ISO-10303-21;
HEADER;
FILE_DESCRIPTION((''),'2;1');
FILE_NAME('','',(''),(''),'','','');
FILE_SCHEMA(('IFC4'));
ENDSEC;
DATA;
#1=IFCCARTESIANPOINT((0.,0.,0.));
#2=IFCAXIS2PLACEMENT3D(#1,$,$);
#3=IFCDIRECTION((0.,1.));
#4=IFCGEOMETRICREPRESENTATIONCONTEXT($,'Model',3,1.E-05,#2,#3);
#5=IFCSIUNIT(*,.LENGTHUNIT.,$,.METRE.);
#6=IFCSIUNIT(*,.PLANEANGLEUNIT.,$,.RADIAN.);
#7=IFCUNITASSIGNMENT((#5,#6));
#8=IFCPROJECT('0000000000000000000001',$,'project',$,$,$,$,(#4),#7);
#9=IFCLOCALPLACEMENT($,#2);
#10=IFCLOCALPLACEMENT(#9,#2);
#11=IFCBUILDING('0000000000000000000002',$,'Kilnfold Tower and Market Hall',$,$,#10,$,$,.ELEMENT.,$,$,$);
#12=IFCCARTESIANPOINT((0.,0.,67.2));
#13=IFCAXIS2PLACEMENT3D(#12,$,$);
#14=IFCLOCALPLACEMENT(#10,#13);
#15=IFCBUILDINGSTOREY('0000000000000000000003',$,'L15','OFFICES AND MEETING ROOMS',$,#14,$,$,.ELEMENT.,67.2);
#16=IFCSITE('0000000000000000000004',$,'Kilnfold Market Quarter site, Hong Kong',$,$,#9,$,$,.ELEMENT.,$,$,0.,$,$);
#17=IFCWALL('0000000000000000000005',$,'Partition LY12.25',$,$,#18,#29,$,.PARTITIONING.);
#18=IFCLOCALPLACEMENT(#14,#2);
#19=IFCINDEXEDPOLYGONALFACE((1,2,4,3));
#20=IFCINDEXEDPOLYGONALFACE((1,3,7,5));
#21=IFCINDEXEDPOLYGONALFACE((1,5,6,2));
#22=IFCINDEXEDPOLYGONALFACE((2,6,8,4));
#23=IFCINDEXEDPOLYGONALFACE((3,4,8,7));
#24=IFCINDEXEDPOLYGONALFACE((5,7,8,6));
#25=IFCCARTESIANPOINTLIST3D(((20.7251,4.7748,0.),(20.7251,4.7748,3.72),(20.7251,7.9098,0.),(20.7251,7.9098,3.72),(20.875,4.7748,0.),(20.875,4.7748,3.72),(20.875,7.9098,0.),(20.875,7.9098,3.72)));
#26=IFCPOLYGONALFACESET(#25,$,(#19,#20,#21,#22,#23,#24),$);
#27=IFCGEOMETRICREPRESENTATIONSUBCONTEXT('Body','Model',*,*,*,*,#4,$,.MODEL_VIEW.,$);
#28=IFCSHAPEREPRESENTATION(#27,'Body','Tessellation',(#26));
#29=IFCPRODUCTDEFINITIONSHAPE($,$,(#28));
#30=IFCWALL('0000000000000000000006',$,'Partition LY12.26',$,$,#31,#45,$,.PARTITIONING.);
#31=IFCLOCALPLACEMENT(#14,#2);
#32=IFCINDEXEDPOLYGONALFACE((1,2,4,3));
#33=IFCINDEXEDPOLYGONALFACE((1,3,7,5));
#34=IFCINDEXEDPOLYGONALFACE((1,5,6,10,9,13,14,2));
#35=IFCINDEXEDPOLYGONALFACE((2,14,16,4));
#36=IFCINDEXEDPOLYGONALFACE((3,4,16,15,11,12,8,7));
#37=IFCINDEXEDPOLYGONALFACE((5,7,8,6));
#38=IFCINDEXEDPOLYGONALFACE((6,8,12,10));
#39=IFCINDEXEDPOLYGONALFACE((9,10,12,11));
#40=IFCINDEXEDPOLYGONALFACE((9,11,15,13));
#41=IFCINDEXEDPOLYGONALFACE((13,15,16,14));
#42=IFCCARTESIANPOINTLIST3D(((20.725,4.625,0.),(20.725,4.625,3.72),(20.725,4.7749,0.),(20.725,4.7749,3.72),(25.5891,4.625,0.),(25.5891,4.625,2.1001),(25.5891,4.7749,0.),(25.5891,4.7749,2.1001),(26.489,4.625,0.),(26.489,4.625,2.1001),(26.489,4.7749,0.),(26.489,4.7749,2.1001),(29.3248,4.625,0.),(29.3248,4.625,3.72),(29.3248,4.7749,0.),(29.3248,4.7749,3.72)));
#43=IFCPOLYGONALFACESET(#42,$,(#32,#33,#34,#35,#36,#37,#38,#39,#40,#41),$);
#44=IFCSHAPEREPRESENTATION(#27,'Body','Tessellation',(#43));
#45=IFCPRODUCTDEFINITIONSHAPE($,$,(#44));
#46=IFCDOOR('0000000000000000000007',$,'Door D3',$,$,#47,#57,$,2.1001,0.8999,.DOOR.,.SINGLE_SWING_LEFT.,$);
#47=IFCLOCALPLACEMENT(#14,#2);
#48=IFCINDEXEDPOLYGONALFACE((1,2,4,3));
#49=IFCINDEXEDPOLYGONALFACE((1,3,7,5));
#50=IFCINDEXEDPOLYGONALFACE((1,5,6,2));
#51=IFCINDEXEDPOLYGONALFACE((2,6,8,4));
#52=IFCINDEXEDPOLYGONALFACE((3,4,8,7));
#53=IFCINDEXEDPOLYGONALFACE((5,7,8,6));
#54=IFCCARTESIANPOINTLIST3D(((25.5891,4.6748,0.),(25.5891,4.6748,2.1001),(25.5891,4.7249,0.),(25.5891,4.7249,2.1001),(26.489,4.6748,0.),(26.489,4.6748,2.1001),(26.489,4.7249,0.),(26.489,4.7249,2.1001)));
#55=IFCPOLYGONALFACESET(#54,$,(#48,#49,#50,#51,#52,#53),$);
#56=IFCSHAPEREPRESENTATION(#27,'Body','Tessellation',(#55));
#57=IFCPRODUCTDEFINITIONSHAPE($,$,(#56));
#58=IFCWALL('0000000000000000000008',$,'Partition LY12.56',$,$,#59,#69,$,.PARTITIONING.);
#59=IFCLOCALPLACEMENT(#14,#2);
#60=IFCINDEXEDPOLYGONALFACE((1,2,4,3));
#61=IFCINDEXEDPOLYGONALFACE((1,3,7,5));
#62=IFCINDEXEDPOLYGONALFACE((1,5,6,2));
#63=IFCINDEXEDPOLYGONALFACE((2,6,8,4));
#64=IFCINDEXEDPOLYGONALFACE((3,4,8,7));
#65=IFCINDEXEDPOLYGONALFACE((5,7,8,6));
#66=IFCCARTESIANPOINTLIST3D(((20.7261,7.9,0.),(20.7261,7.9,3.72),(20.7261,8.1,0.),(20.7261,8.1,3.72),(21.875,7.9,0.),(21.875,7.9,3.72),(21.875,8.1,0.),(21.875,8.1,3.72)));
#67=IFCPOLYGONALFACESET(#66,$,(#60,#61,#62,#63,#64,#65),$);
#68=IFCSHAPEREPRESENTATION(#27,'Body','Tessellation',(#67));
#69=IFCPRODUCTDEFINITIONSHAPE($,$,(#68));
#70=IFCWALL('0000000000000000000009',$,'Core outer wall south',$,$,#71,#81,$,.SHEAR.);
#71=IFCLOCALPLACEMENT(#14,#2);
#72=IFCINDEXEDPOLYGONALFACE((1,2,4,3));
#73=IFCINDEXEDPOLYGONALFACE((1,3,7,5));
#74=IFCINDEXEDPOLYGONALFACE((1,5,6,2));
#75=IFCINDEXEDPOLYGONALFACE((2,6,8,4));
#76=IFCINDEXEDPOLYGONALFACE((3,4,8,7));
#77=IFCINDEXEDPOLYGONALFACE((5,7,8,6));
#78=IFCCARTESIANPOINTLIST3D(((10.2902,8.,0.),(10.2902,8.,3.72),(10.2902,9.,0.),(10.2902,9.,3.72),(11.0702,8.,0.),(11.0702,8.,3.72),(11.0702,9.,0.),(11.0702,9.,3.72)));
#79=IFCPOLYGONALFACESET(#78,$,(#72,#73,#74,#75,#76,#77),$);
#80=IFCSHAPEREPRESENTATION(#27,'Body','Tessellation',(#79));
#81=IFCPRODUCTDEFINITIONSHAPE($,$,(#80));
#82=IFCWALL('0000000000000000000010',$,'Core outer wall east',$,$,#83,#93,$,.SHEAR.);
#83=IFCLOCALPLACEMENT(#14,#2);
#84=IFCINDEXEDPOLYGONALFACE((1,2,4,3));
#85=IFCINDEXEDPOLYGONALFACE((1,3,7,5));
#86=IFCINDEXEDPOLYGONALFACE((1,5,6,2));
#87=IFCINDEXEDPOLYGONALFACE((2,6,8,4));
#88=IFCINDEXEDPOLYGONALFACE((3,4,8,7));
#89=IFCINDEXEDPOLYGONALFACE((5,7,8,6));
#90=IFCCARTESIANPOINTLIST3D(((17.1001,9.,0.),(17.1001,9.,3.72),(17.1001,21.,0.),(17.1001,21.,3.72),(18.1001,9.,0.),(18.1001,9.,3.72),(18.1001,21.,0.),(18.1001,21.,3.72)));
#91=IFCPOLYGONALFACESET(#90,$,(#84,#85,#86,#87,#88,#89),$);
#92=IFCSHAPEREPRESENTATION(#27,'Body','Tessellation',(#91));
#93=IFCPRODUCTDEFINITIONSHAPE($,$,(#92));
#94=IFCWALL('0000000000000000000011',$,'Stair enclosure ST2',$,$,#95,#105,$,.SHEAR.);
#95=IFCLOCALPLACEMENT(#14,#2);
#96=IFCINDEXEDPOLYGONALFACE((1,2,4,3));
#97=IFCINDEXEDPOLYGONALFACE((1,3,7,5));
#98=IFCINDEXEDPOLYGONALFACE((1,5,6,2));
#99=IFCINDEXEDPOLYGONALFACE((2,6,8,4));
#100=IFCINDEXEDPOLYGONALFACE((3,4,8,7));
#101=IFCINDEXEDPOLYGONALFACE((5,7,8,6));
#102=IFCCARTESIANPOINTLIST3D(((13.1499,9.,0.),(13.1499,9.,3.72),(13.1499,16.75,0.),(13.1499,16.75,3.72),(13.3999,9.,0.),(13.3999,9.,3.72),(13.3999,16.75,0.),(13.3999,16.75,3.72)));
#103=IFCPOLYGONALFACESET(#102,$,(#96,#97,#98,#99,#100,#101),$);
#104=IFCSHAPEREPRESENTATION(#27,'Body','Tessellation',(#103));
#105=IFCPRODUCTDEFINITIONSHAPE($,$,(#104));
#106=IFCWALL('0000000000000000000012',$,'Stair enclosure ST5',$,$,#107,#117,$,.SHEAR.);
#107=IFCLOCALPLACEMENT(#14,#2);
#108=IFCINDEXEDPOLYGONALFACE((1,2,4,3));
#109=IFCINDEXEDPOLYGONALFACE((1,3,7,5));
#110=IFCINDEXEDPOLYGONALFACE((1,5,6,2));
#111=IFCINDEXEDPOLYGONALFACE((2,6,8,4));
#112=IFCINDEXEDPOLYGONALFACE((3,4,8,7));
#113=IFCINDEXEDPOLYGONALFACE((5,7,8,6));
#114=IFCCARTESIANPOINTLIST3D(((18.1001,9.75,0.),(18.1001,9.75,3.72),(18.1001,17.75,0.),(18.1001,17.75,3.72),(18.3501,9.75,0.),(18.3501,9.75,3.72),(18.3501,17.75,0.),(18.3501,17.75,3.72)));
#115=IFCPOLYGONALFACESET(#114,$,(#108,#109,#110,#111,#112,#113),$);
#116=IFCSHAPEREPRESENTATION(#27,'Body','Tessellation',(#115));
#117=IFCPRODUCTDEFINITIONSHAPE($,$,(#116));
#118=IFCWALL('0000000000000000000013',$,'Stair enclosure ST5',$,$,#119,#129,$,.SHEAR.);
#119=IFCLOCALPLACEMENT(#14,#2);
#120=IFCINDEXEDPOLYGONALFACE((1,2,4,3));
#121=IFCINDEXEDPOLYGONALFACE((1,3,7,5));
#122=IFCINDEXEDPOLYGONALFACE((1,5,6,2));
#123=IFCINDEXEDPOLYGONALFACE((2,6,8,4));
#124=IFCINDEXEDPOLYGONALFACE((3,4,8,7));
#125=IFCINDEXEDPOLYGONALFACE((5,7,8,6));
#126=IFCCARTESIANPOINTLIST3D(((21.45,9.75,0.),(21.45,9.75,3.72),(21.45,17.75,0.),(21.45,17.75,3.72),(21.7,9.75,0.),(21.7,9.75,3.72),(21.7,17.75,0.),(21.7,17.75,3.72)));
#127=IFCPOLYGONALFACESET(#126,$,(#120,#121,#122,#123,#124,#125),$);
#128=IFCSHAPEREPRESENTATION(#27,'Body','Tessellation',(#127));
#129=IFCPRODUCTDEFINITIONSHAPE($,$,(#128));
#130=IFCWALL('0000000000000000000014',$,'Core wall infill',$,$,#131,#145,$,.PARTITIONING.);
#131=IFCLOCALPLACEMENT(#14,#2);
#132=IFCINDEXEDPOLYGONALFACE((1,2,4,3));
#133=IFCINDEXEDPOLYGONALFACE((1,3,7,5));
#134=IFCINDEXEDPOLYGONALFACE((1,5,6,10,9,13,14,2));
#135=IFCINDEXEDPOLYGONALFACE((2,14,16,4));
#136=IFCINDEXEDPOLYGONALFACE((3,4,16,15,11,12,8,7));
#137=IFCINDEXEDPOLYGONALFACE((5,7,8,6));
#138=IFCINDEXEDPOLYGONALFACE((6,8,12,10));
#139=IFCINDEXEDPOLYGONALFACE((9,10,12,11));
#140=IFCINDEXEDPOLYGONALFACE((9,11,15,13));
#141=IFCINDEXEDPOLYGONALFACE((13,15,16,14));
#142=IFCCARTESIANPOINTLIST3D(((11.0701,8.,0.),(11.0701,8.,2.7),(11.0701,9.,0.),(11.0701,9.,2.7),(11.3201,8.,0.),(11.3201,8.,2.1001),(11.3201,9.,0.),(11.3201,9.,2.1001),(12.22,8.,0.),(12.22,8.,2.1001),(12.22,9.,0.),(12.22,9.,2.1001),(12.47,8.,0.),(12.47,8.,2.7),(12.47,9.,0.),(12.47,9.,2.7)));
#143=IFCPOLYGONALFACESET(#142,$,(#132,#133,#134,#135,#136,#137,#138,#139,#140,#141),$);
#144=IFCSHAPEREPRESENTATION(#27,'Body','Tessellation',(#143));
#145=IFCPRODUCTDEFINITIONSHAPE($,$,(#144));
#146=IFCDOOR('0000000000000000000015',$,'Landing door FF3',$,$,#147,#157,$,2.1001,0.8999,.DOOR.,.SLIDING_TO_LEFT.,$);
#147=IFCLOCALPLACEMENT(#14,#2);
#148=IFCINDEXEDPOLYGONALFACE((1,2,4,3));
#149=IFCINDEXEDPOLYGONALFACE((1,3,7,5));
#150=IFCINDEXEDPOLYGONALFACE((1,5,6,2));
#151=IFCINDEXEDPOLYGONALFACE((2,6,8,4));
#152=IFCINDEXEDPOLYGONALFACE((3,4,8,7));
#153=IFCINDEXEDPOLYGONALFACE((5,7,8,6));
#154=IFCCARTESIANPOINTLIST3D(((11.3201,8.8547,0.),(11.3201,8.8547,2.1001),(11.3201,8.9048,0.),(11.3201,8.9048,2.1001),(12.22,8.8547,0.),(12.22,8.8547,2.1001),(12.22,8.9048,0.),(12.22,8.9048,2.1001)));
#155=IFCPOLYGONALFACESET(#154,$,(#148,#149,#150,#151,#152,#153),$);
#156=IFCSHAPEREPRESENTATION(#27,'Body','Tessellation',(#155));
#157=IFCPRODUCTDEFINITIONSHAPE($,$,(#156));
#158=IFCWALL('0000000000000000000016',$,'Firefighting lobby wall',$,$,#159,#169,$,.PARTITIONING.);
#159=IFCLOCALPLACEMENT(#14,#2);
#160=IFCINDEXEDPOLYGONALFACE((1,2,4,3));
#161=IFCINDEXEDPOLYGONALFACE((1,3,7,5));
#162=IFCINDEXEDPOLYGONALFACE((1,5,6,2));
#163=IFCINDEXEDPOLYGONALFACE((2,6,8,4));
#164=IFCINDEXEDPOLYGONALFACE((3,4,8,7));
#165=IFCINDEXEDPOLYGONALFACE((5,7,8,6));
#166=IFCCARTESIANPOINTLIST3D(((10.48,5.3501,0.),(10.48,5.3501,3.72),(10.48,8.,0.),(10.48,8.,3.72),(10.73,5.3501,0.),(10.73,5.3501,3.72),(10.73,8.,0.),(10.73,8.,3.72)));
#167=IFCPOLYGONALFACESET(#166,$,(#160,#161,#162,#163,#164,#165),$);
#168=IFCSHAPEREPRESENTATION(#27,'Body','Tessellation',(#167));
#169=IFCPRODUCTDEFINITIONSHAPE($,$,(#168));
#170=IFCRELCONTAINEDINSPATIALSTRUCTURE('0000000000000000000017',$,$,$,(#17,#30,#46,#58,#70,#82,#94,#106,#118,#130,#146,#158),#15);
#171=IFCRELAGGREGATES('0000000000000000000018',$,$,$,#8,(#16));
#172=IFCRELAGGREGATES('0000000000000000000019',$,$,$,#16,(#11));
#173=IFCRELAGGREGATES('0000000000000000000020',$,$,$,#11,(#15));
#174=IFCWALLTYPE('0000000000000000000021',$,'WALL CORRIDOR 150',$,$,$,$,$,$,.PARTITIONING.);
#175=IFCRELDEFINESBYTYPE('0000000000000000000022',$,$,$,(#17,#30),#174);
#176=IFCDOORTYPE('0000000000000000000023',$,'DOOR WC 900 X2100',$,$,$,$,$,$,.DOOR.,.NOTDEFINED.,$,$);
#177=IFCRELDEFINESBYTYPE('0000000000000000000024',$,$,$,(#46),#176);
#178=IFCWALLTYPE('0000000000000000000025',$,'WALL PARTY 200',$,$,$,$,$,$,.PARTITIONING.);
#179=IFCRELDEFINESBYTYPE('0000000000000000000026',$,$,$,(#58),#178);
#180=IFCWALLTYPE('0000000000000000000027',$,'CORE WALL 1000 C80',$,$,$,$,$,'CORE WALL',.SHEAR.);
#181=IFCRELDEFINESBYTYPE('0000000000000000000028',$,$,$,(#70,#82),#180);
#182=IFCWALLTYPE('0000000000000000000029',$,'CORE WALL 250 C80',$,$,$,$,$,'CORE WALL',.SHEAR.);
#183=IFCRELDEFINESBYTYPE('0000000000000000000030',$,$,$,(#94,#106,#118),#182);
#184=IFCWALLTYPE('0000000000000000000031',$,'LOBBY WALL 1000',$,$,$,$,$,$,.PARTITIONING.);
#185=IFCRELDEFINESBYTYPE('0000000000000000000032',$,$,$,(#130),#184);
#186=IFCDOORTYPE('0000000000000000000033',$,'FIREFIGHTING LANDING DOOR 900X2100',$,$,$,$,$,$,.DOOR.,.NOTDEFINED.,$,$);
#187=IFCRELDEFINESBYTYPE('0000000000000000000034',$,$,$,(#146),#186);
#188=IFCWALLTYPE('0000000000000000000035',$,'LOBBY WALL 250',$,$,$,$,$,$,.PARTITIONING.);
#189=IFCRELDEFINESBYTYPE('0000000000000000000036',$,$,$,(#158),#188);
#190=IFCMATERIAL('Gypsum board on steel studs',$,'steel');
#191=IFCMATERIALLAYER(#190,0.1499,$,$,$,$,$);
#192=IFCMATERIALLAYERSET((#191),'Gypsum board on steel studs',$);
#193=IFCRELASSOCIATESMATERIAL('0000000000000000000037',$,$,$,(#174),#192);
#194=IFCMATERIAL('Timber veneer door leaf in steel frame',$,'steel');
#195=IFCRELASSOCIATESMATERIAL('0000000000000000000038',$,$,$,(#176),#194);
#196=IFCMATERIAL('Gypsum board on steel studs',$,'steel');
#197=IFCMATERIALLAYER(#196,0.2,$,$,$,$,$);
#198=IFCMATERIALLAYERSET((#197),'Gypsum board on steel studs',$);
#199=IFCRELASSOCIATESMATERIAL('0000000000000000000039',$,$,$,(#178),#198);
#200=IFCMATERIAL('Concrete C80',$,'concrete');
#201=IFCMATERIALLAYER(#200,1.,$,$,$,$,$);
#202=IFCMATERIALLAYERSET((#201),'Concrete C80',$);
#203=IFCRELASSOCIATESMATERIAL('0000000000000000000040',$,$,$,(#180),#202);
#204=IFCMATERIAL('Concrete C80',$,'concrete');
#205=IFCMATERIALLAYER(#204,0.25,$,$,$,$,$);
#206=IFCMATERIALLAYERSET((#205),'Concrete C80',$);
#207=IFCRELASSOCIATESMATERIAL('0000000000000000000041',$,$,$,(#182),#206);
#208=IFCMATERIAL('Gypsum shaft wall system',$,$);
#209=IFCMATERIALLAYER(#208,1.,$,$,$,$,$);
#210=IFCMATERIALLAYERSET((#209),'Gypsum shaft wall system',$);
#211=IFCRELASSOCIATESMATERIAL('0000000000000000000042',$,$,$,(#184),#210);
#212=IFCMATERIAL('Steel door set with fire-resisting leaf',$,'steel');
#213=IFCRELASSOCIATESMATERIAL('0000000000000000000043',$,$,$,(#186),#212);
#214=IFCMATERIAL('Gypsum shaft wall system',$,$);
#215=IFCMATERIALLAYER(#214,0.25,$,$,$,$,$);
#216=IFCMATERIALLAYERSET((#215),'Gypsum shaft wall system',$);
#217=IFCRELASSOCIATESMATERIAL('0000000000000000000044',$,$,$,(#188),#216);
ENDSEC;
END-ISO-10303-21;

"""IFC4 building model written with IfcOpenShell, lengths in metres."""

from ifc_helpers import new_model, si_unit, direction, frame, frame_2d, origin, place, context, subcontext, project, spatial, rectangle, extrude, source, transform, mapped, material, layer, layer_set, type_object, element, fill, save


model = new_model("IFC4")

# Units and contexts
model_context = context("Model", 3, precision=1e-05, world=origin(), true_north=direction((0.0, 1.0)))
body_context = subcontext(model_context, "Body", "Model", "MODEL_VIEW")
ifc_project = project(units=[si_unit("LENGTHUNIT", "METRE"), si_unit("PLANEANGLEUNIT", "RADIAN")], contexts=[model_context])

# Site, building, storey
site_placement = place(None, origin())
site = spatial("IfcSite", under=ifc_project, at=site_placement, Name="Kilnfold Market Quarter site, Hong Kong", CompositionType="ELEMENT", RefElevation=0.0)
building_placement = place(site_placement, origin())
building = spatial("IfcBuilding", under=site, at=building_placement, Name="Kilnfold Tower and Market Hall", CompositionType="ELEMENT")
storey_placement = place(building_placement, frame((0.0, 0.0, 67.2)))
storey = spatial("IfcBuildingStorey", under=building, at=storey_placement, Name="L15", Description="OFFICES AND MEETING ROOMS", CompositionType="ELEMENT", Elevation=67.2)

# Shared definitions
ifc_material_1 = material(Name="Gypsum board on steel studs", Category="steel")
ifc_layer_1 = layer(ifc_material_1, 0.1499)
ifc_layer_set_1 = layer_set([ifc_layer_1], Name="Gypsum board on steel studs")
wall_type_1 = type_object("IfcWallType", Name="WALL CORRIDOR 150", PredefinedType="PARTITIONING", material=ifc_layer_set_1)

# Wall
wall_1_placement = place(storey_placement, frame((20.8, 4.7749, 0.0), z_axis=(0.0, 0.0, 1.0), x_axis=(0.0, 1.0, 0.0)))
element("IfcWall", 1, at=wall_1_placement, inside=storey, type_object=wall_type_1, Name="Partition LY12.25", PredefinedType="PARTITIONING", context=body_context, shape_type="SweptSolid", body=[
    extrude(rectangle(XDim=3.135, YDim=0.1499, at=frame_2d((1.5674, 0.0))), origin(), (0.0, 0.0, 1.0), 3.72),
])

# Wall, opening, door
wall_2_placement = place(storey_placement, frame((20.7251, 4.7, 0.0), z_axis=(0.0, 0.0, 1.0), x_axis=(1.0, 0.0, 0.0)))
wall_2 = element("IfcWall", 2, at=wall_2_placement, inside=storey, type_object=wall_type_1, Name="Partition LY12.26", PredefinedType="PARTITIONING", context=body_context, shape_type="SweptSolid", body=[
    extrude(rectangle(XDim=8.5999, YDim=0.1499, at=frame_2d((4.2998, 0.0))), origin(), (0.0, 0.0, 1.0), 3.72),
])
opening_1_placement = place(wall_2_placement, frame((4.864, 0.0, 0.0)))
opening_1 = element("IfcOpeningElement", 3, at=opening_1_placement, cuts=wall_2, PredefinedType="OPENING", context=body_context, shape_type="SweptSolid", body=[
    extrude(rectangle(XDim=0.8999, YDim=2.1001, at=frame_2d((0.45, 1.05))), frame((0.0, 0.085, 0.0), z_axis=(0.0, -1.0, 0.0), x_axis=(1.0, 0.0, 0.0)), (0.0, 0.0, 1.0), 0.1699),
])
ifc_material_2 = material(Name="Timber veneer door leaf in steel frame", Category="steel")
door_type_1 = type_object("IfcDoorType", Name="DOOR WC 900 X2100", OperationType="NOTDEFINED", PredefinedType="DOOR", material=ifc_material_2)
door_1_placement = place(opening_1_placement, origin())
door_1 = element("IfcDoor", 4, at=door_1_placement, inside=storey, type_object=door_type_1, Name="Door D3", OperationType="SINGLE_SWING_LEFT", OverallHeight=2.1001, OverallWidth=0.8999, PredefinedType="DOOR", context=body_context, shape_type="SweptSolid", body=[
    extrude(rectangle(XDim=0.8999, YDim=2.1001, at=frame_2d((0.45, 1.05))), frame((0.0, 0.0249, 0.0), z_axis=(0.0, -1.0, 0.0), x_axis=(1.0, 0.0, 0.0)), (0.0, 0.0, 1.0), 0.05),
])
fill(opening_1, door_1)

# Walls
ifc_material_3 = material(Name="Gypsum board on steel studs", Category="steel")
ifc_layer_2 = layer(ifc_material_3, 0.2)
ifc_layer_set_2 = layer_set([ifc_layer_2], Name="Gypsum board on steel studs")
wall_type_2 = type_object("IfcWallType", Name="WALL PARTY 200", PredefinedType="PARTITIONING", material=ifc_layer_set_2)
wall_3_placement = place(storey_placement, frame((20.7261, 8.0, 0.0), z_axis=(0.0, 0.0, 1.0), x_axis=(1.0, 0.0, 0.0)))
element("IfcWall", 5, at=wall_3_placement, inside=storey, type_object=wall_type_2, Name="Partition LY12.56", PredefinedType="PARTITIONING", context=body_context, shape_type="SweptSolid", body=[
    extrude(rectangle(XDim=1.1489, YDim=0.2, at=frame_2d((0.5745, 0.0))), origin(), (0.0, 0.0, 1.0), 3.72),
])
ifc_material_4 = material(Name="Concrete C80", Category="concrete")
ifc_layer_3 = layer(ifc_material_4, 1.0)
ifc_layer_set_3 = layer_set([ifc_layer_3], Name="Concrete C80")
wall_type_3 = type_object("IfcWallType", Name="CORE WALL 1000 C80", ElementType="CORE WALL", PredefinedType="SHEAR", material=ifc_layer_set_3)
shared_shape_1 = source(origin(), body_context, "Body", "SweptSolid", [
    extrude(rectangle(XDim=0.78, YDim=1.0, at=frame_2d((0.3901, 0.0))), origin(), (0.0, 0.0, 1.0), 3.72),
])
wall_4_placement = place(storey_placement, frame((10.29, 8.5, 0.0), z_axis=(0.0, 0.0, 1.0), x_axis=(1.0, 0.0, 0.0)))
element("IfcWall", 6, at=wall_4_placement, inside=storey, type_object=wall_type_3, Name="Core outer wall south", PredefinedType="SHEAR", context=body_context, shape_type="MappedRepresentation", body=[
    mapped(shared_shape_1, transform((0.0, 0.0, 0.0))),
])

# Walls
shared_shape_2 = source(origin(), body_context, "Body", "SweptSolid", [
    extrude(rectangle(XDim=12.0, YDim=1.0, at=frame_2d((6.0, 0.0))), origin(), (0.0, 0.0, 1.0), 3.72),
])
wall_5_placement = place(storey_placement, frame((17.6001, 9.0, 0.0), z_axis=(0.0, 0.0, 1.0), x_axis=(0.0, 1.0, 0.0)))
element("IfcWall", 7, at=wall_5_placement, inside=storey, type_object=wall_type_3, Name="Core outer wall east", PredefinedType="SHEAR", context=body_context, shape_type="MappedRepresentation", body=[
    mapped(shared_shape_2, transform((0.0, 0.0, 0.0))),
])
ifc_material_5 = material(Name="Concrete C80", Category="concrete")
ifc_layer_4 = layer(ifc_material_5, 0.25)
ifc_layer_set_4 = layer_set([ifc_layer_4], Name="Concrete C80")
wall_type_4 = type_object("IfcWallType", Name="CORE WALL 250 C80", ElementType="CORE WALL", PredefinedType="SHEAR", material=ifc_layer_set_4)
shared_shape_3 = source(origin(), body_context, "Body", "SweptSolid", [
    extrude(rectangle(XDim=7.75, YDim=0.25, at=frame_2d((3.875, 0.0))), origin(), (0.0, 0.0, 1.0), 3.72),
])
wall_6_placement = place(storey_placement, frame((13.2749, 9.0, 0.0), z_axis=(0.0, 0.0, 1.0), x_axis=(0.0, 1.0, 0.0)))
element("IfcWall", 8, at=wall_6_placement, inside=storey, type_object=wall_type_4, Name="Stair enclosure ST2", PredefinedType="SHEAR", context=body_context, shape_type="MappedRepresentation", body=[
    mapped(shared_shape_3, transform((0.0, 0.0, 0.0))),
])
shared_shape_4 = source(origin(), body_context, "Body", "SweptSolid", [
    extrude(rectangle(XDim=8.0, YDim=0.25, at=frame_2d((4.0, 0.0))), origin(), (0.0, 0.0, 1.0), 3.72),
])
for number, where, z_axis, x_axis, name in (
    (9, (18.2251, 9.75, 0.0), (0.0, 0.0, 1.0), (0.0, 1.0, 0.0), "Stair enclosure ST5"),
    (10, (21.575, 9.75, 0.0), (0.0, 0.0, 1.0), (0.0, 1.0, 0.0), "Stair enclosure ST5"),
):
    element("IfcWall", number, at=place(storey_placement, frame(where, z_axis=z_axis, x_axis=x_axis)), inside=storey, type_object=wall_type_4, Name=name, PredefinedType="SHEAR", context=body_context, shape_type="MappedRepresentation", body=[
        mapped(shared_shape_4, transform((0.0, 0.0, 0.0))),
    ])

# Wall, opening, door
ifc_material_6 = material(Name="Gypsum shaft wall system")
ifc_layer_5 = layer(ifc_material_6, 1.0)
ifc_layer_set_5 = layer_set([ifc_layer_5], Name="Gypsum shaft wall system")
wall_type_5 = type_object("IfcWallType", Name="LOBBY WALL 1000", PredefinedType="PARTITIONING", material=ifc_layer_set_5)
shared_shape_5 = source(origin(), body_context, "Body", "SweptSolid", [
    extrude(rectangle(XDim=1.3999, YDim=1.0, at=frame_2d((0.7, 0.0))), origin(), (0.0, 0.0, 1.0), 2.7),
])
wall_7_placement = place(storey_placement, frame((11.0701, 8.5, 0.0), z_axis=(0.0, 0.0, 1.0), x_axis=(1.0, 0.0, 0.0)))
wall_7 = element("IfcWall", 11, at=wall_7_placement, inside=storey, type_object=wall_type_5, Name="Core wall infill", PredefinedType="PARTITIONING", context=body_context, shape_type="MappedRepresentation", body=[
    mapped(shared_shape_5, transform((0.0, 0.0, 0.0))),
])
opening_2_placement = place(wall_7_placement, frame((0.25, 0.0, 0.0)))
opening_2 = element("IfcOpeningElement", 12, at=opening_2_placement, cuts=wall_7, PredefinedType="OPENING", context=body_context, shape_type="SweptSolid", body=[
    extrude(rectangle(XDim=0.8999, YDim=2.1001, at=frame_2d((0.45, 1.05))), frame((0.0, 0.51, 0.0), z_axis=(0.0, -1.0, 0.0), x_axis=(1.0, 0.0, 0.0)), (0.0, 0.0, 1.0), 1.02),
])
ifc_material_7 = material(Name="Steel door set with fire-resisting leaf", Category="steel")
door_type_2 = type_object("IfcDoorType", Name="FIREFIGHTING LANDING DOOR 900X2100", OperationType="NOTDEFINED", PredefinedType="DOOR", material=ifc_material_7)
door_2_placement = place(opening_2_placement, origin())
door_2 = element("IfcDoor", 13, at=door_2_placement, inside=storey, type_object=door_type_2, Name="Landing door FF3", OperationType="SLIDING_TO_LEFT", OverallHeight=2.1001, OverallWidth=0.8999, PredefinedType="DOOR", context=body_context, shape_type="SweptSolid", body=[
    extrude(rectangle(XDim=0.8999, YDim=2.1001, at=frame_2d((0.45, 1.05))), frame((0.0, 0.4048, 0.0), z_axis=(0.0, -1.0, 0.0), x_axis=(1.0, 0.0, 0.0)), (0.0, 0.0, 1.0), 0.05),
])
fill(opening_2, door_2)

# Wall
ifc_material_8 = material(Name="Gypsum shaft wall system")
ifc_layer_6 = layer(ifc_material_8, 0.25)
ifc_layer_set_6 = layer_set([ifc_layer_6], Name="Gypsum shaft wall system")
wall_type_6 = type_object("IfcWallType", Name="LOBBY WALL 250", PredefinedType="PARTITIONING", material=ifc_layer_set_6)
shared_shape_6 = source(origin(), body_context, "Body", "SweptSolid", [
    extrude(rectangle(XDim=2.6499, YDim=0.25, at=frame_2d((1.325, 0.0))), origin(), (0.0, 0.0, 1.0), 3.72),
])
for number, where, z_axis, x_axis, name in (
    (14, (10.605, 5.3501, 0.0), (0.0, 0.0, 1.0), (0.0, 1.0, 0.0), "Firefighting lobby wall"),
):
    element("IfcWall", number, at=place(storey_placement, frame(where, z_axis=z_axis, x_axis=x_axis)), inside=storey, type_object=wall_type_6, Name=name, PredefinedType="PARTITIONING", context=body_context, shape_type="MappedRepresentation", body=[
        mapped(shared_shape_6, transform((0.0, 0.0, 0.0))),
    ])

save(model, "model.ifc")
